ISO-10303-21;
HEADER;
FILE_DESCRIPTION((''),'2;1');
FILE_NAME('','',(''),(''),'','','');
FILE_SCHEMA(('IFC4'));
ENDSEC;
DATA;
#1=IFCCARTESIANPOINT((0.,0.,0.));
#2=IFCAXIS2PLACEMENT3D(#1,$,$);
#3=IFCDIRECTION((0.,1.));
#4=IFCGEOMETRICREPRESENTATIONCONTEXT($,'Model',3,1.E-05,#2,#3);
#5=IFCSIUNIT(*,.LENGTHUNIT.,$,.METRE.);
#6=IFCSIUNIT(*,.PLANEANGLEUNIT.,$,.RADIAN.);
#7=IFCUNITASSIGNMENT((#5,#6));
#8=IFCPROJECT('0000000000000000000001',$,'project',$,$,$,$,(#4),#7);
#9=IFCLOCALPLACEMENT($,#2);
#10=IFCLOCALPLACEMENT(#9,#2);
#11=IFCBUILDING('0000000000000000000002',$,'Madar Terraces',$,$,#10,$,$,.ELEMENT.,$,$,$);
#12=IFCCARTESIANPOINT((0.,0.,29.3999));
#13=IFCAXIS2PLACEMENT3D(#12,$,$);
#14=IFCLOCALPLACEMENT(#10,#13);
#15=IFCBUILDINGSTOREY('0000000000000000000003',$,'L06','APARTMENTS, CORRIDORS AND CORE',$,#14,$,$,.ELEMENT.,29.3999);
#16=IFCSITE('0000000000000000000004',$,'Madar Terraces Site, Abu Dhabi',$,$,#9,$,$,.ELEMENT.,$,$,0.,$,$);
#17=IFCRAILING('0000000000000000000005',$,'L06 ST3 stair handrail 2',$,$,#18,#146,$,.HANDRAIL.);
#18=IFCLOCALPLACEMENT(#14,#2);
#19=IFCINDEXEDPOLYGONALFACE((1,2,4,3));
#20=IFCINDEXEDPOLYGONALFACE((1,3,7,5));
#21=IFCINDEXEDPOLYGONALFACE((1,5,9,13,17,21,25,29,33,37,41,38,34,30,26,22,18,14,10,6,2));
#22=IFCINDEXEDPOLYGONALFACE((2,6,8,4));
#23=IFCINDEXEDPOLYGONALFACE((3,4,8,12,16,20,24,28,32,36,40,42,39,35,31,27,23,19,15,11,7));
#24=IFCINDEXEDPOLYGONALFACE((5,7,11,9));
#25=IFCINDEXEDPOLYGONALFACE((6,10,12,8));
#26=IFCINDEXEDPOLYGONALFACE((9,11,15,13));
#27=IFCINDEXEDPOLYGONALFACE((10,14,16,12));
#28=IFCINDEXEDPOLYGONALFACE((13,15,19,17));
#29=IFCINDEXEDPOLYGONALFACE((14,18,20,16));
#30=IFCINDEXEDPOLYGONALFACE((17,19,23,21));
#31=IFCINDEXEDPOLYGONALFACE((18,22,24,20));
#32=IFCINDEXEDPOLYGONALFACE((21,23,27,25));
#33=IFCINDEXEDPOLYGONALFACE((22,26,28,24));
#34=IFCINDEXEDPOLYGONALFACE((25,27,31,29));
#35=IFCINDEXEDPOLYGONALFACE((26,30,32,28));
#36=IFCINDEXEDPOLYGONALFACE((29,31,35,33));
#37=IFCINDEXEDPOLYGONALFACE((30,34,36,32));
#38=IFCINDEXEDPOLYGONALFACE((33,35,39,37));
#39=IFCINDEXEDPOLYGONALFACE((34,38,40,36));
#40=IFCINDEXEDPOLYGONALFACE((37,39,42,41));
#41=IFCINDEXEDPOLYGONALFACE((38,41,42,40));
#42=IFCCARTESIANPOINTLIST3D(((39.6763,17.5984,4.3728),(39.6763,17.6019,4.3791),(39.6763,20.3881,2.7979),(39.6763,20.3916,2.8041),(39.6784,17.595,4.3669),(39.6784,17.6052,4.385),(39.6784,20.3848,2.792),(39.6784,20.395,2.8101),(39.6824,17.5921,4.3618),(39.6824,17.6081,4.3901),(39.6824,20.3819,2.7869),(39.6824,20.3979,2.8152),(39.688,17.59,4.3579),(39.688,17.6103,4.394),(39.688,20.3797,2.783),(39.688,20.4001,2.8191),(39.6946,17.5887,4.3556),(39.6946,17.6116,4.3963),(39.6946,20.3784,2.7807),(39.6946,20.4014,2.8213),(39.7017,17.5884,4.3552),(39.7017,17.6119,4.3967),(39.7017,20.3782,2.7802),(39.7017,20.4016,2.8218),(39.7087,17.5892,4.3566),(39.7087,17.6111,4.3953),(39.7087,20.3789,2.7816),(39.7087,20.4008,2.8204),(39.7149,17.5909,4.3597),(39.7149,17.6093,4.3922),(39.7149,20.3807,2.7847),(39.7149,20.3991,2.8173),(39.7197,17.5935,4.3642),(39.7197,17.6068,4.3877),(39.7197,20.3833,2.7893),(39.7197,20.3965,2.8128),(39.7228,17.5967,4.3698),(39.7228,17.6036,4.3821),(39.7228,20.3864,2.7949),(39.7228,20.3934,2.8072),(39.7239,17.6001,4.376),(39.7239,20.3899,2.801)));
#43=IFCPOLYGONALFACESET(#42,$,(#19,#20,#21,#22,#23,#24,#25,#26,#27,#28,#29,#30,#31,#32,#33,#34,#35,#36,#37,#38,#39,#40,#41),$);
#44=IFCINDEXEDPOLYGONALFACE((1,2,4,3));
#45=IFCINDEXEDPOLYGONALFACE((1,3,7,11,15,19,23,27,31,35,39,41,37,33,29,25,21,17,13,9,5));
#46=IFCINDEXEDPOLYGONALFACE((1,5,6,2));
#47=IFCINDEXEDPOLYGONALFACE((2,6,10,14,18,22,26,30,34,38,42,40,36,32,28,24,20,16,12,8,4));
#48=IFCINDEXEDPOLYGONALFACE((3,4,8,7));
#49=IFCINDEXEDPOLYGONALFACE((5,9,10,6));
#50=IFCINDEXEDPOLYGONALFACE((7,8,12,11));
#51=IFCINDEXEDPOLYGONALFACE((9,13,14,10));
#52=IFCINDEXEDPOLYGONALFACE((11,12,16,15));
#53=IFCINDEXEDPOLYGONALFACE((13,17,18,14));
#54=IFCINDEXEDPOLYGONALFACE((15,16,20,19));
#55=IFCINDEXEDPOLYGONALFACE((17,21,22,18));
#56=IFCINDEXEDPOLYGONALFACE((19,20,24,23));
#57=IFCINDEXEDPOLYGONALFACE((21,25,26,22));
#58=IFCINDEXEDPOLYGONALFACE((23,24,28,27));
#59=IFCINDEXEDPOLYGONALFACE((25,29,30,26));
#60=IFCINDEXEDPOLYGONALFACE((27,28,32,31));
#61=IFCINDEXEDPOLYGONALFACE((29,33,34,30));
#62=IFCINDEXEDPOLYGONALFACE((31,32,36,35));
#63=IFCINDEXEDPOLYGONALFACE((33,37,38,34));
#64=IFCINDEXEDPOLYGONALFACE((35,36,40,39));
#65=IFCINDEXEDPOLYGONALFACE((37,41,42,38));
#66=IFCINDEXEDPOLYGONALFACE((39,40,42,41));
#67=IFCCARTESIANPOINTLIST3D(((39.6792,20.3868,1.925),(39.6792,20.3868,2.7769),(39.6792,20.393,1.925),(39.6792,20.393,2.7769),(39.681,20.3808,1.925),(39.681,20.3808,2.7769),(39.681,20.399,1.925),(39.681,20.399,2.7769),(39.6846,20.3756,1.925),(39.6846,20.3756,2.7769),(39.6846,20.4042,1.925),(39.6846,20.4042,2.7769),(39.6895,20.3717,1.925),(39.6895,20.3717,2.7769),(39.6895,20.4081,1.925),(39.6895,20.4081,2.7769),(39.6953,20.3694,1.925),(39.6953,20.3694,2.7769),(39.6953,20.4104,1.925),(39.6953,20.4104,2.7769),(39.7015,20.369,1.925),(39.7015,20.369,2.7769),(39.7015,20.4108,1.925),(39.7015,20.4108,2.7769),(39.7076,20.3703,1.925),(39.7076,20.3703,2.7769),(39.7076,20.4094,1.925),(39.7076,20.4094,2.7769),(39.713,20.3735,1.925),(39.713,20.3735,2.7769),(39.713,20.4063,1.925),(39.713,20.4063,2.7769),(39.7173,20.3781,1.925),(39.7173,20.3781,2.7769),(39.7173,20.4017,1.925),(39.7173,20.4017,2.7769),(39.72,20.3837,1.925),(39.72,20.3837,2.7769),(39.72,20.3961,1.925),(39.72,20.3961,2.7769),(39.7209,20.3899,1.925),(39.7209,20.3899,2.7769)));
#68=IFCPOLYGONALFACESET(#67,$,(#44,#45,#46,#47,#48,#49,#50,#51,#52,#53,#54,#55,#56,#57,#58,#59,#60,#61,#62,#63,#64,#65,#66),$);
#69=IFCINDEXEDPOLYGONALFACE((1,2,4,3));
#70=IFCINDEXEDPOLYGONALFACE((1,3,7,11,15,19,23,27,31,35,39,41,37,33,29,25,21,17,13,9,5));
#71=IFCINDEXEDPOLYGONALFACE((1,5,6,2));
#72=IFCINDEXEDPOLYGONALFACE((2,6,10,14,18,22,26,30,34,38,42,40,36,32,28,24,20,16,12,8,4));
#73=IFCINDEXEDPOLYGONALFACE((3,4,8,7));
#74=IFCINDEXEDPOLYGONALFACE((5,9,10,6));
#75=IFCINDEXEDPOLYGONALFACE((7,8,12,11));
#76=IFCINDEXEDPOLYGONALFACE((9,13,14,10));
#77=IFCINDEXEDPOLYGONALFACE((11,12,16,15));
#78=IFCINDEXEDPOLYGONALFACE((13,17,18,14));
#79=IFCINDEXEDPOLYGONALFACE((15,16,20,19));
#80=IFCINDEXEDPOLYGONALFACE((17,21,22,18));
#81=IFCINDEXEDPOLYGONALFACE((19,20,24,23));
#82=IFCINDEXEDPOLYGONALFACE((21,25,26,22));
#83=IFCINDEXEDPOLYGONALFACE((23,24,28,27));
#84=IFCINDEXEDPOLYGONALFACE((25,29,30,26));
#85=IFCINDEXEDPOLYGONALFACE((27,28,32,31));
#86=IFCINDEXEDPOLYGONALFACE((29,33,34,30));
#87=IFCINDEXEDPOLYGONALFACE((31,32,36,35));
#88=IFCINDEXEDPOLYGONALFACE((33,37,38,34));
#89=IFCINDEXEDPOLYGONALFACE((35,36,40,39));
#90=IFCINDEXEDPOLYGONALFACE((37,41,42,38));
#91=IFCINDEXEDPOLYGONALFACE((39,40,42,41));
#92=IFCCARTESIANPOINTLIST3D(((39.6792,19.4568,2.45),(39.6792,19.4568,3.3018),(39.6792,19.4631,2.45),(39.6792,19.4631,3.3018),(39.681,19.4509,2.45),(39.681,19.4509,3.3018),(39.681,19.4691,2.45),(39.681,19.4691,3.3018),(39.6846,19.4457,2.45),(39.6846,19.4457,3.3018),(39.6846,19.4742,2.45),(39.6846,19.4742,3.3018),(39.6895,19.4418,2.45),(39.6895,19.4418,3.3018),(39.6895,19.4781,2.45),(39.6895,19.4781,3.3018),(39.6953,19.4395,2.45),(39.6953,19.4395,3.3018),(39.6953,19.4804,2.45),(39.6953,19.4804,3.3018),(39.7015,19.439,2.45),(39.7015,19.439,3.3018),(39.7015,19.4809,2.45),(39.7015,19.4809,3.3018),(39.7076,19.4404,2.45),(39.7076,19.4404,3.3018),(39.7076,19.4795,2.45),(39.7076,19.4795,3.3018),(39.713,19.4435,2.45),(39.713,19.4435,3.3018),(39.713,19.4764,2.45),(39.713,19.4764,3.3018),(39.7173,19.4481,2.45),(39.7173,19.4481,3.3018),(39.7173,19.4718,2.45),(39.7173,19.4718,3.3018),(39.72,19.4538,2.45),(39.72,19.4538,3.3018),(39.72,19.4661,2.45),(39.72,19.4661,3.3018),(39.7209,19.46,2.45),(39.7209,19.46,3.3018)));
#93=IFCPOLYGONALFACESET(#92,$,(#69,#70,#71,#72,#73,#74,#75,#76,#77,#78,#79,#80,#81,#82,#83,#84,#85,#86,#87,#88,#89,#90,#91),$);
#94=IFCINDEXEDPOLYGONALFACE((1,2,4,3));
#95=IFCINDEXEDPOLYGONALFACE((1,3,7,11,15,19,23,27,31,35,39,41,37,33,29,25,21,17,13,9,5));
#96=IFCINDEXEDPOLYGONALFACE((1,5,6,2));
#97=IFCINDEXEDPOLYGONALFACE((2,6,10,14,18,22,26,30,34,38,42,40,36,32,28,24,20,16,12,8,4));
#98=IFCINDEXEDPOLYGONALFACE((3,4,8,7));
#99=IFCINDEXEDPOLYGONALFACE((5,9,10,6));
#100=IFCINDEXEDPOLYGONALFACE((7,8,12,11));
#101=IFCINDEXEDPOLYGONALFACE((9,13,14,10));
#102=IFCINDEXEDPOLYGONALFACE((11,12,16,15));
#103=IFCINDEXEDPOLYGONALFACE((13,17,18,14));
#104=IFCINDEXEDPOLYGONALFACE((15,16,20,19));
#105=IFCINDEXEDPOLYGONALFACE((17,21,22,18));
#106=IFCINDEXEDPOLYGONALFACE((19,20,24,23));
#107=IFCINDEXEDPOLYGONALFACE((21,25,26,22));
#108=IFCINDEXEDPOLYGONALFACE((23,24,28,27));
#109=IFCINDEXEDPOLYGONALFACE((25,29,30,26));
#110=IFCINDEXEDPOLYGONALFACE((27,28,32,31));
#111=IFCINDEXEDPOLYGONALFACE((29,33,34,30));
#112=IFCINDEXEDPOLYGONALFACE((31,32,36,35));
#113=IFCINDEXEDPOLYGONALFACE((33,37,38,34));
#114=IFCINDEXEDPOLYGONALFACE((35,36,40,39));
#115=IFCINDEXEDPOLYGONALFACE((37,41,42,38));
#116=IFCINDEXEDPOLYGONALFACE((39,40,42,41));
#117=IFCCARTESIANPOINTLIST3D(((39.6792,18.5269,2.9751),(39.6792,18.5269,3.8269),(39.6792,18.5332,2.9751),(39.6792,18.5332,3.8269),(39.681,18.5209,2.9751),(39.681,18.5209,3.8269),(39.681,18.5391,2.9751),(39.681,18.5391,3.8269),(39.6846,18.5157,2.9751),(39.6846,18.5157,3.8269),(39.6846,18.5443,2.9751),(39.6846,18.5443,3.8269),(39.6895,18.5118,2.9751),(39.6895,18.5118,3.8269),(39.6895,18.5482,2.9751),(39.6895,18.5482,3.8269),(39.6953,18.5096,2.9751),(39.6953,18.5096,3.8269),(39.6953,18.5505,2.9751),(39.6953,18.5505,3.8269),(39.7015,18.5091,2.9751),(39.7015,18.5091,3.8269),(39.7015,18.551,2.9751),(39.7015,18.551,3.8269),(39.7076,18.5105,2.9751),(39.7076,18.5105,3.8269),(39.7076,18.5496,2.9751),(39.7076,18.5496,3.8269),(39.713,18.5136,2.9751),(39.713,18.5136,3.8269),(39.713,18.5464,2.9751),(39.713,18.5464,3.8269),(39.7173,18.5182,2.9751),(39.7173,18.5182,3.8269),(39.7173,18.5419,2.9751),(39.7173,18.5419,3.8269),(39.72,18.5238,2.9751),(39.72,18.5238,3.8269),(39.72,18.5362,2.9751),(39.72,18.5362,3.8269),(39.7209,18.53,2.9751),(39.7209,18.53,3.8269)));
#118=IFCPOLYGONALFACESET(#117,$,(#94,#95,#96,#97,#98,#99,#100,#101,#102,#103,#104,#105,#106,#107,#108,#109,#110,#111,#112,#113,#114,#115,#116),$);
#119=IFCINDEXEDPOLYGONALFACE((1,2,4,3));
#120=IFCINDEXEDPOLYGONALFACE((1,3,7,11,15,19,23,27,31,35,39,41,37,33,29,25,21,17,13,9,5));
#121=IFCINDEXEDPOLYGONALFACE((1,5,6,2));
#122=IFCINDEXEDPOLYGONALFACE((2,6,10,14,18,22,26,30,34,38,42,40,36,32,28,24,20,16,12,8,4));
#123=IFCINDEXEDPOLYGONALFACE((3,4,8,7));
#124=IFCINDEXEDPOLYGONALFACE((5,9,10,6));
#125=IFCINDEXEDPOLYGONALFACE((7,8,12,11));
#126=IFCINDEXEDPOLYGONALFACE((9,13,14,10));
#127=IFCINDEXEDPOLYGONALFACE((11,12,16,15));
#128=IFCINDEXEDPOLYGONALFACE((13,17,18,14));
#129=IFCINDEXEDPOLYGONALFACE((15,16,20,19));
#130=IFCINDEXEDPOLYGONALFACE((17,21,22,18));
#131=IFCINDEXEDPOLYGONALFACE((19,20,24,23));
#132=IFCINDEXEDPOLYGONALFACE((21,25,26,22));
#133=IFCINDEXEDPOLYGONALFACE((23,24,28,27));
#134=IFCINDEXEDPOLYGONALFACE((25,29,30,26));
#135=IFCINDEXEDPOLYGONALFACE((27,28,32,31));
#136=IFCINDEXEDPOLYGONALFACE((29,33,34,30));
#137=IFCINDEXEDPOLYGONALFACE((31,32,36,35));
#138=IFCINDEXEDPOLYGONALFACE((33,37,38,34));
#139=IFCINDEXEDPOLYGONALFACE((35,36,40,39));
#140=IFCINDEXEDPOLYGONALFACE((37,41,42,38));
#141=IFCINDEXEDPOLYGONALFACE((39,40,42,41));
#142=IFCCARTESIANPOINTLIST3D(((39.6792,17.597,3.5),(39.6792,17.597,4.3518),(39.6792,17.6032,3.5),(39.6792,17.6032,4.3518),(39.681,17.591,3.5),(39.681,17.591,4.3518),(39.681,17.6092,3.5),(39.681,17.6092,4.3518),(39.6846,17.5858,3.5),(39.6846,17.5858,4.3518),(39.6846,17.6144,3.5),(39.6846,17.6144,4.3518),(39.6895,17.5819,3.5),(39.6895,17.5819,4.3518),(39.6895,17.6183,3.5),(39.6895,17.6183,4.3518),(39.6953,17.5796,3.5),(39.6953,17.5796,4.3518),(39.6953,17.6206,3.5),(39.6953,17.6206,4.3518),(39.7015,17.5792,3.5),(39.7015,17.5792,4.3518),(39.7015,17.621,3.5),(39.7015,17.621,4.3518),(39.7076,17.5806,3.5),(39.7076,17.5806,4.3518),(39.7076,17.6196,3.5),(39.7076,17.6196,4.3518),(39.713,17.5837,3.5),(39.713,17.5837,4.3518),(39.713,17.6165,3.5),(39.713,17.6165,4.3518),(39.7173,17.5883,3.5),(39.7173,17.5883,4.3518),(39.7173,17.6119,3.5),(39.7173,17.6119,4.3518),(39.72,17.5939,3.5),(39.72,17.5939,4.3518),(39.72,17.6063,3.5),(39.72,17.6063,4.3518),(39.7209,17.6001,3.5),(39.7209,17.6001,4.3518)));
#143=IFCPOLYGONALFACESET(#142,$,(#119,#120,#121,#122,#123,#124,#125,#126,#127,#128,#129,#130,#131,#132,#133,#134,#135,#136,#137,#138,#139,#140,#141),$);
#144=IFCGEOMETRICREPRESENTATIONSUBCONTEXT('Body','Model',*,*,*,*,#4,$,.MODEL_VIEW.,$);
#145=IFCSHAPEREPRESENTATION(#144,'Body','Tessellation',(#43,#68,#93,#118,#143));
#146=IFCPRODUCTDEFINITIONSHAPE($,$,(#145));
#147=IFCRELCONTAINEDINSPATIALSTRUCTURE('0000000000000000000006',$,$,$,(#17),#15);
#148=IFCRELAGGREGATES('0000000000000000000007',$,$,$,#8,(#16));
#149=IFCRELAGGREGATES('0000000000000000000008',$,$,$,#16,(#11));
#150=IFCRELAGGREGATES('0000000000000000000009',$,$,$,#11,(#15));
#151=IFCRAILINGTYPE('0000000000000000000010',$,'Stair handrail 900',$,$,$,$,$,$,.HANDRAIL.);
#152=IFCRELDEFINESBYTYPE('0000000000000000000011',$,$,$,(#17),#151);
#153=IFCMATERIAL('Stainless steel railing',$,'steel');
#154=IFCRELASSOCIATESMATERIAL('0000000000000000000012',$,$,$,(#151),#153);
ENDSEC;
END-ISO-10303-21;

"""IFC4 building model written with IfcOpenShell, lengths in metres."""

from ifc_helpers import new_model, si_unit, direction, frame, origin, origin_2d, place, context, subcontext, project, spatial, circle, extrude, material, type_object, element, save


model = new_model("IFC4")

# Units and contexts
model_context = context("Model", 3, precision=1e-05, world=origin(), true_north=direction((0.0, 1.0)))
body_context = subcontext(model_context, "Body", "Model", "MODEL_VIEW")
ifc_project = project(units=[si_unit("LENGTHUNIT", "METRE"), si_unit("PLANEANGLEUNIT", "RADIAN")], contexts=[model_context])

# Site, building, storey
site_placement = place(None, origin())
site = spatial("IfcSite", under=ifc_project, at=site_placement, Name="Madar Terraces Site, Abu Dhabi", CompositionType="ELEMENT", RefElevation=0.0)
building_placement = place(site_placement, origin())
building = spatial("IfcBuilding", under=site, at=building_placement, Name="Madar Terraces", CompositionType="ELEMENT")
storey_placement = place(building_placement, frame((0.0, 0.0, 29.3999)))
storey = spatial("IfcBuildingStorey", under=building, at=storey_placement, Name="L06", Description="APARTMENTS, CORRIDORS AND CORE", CompositionType="ELEMENT", Elevation=29.3999)

# Railing
ifc_material_1 = material(Name="Stainless steel railing", Category="steel")
railing_type_1 = type_object("IfcRailingType", Name="Stair handrail 900", PredefinedType="HANDRAIL", material=ifc_material_1)
railing_1_placement = place(storey_placement, frame((39.7, 20.3899, 1.925)))
element("IfcRailing", 1, at=railing_1_placement, inside=storey, type_object=railing_type_1, Name="L06 ST3 stair handrail 2", PredefinedType="HANDRAIL", context=body_context, shape_type="SweptSolid", body=[
    extrude(circle(Radius=0.0239, at=origin_2d()), frame((0.0, 0.0, 0.876), z_axis=(0.0, -0.870815, 0.49161), x_axis=(1.0, 0.0, 0.0)), (0.0, 0.0, 1.0), 3.2036),
    extrude(circle(Radius=0.021, at=origin_2d()), origin(), (0.0, 0.0, 1.0), 0.8518),
    extrude(circle(Radius=0.021, at=origin_2d()), frame((0.0, -0.9299, 0.5249)), (0.0, 0.0, 1.0), 0.8518),
    extrude(circle(Radius=0.021, at=origin_2d()), frame((0.0, -1.8599, 1.05)), (0.0, 0.0, 1.0), 0.8518),
    extrude(circle(Radius=0.021, at=origin_2d()), frame((0.0, -2.7898, 1.575)), (0.0, 0.0, 1.0), 0.8518),
])

save(model, "model.ifc")
